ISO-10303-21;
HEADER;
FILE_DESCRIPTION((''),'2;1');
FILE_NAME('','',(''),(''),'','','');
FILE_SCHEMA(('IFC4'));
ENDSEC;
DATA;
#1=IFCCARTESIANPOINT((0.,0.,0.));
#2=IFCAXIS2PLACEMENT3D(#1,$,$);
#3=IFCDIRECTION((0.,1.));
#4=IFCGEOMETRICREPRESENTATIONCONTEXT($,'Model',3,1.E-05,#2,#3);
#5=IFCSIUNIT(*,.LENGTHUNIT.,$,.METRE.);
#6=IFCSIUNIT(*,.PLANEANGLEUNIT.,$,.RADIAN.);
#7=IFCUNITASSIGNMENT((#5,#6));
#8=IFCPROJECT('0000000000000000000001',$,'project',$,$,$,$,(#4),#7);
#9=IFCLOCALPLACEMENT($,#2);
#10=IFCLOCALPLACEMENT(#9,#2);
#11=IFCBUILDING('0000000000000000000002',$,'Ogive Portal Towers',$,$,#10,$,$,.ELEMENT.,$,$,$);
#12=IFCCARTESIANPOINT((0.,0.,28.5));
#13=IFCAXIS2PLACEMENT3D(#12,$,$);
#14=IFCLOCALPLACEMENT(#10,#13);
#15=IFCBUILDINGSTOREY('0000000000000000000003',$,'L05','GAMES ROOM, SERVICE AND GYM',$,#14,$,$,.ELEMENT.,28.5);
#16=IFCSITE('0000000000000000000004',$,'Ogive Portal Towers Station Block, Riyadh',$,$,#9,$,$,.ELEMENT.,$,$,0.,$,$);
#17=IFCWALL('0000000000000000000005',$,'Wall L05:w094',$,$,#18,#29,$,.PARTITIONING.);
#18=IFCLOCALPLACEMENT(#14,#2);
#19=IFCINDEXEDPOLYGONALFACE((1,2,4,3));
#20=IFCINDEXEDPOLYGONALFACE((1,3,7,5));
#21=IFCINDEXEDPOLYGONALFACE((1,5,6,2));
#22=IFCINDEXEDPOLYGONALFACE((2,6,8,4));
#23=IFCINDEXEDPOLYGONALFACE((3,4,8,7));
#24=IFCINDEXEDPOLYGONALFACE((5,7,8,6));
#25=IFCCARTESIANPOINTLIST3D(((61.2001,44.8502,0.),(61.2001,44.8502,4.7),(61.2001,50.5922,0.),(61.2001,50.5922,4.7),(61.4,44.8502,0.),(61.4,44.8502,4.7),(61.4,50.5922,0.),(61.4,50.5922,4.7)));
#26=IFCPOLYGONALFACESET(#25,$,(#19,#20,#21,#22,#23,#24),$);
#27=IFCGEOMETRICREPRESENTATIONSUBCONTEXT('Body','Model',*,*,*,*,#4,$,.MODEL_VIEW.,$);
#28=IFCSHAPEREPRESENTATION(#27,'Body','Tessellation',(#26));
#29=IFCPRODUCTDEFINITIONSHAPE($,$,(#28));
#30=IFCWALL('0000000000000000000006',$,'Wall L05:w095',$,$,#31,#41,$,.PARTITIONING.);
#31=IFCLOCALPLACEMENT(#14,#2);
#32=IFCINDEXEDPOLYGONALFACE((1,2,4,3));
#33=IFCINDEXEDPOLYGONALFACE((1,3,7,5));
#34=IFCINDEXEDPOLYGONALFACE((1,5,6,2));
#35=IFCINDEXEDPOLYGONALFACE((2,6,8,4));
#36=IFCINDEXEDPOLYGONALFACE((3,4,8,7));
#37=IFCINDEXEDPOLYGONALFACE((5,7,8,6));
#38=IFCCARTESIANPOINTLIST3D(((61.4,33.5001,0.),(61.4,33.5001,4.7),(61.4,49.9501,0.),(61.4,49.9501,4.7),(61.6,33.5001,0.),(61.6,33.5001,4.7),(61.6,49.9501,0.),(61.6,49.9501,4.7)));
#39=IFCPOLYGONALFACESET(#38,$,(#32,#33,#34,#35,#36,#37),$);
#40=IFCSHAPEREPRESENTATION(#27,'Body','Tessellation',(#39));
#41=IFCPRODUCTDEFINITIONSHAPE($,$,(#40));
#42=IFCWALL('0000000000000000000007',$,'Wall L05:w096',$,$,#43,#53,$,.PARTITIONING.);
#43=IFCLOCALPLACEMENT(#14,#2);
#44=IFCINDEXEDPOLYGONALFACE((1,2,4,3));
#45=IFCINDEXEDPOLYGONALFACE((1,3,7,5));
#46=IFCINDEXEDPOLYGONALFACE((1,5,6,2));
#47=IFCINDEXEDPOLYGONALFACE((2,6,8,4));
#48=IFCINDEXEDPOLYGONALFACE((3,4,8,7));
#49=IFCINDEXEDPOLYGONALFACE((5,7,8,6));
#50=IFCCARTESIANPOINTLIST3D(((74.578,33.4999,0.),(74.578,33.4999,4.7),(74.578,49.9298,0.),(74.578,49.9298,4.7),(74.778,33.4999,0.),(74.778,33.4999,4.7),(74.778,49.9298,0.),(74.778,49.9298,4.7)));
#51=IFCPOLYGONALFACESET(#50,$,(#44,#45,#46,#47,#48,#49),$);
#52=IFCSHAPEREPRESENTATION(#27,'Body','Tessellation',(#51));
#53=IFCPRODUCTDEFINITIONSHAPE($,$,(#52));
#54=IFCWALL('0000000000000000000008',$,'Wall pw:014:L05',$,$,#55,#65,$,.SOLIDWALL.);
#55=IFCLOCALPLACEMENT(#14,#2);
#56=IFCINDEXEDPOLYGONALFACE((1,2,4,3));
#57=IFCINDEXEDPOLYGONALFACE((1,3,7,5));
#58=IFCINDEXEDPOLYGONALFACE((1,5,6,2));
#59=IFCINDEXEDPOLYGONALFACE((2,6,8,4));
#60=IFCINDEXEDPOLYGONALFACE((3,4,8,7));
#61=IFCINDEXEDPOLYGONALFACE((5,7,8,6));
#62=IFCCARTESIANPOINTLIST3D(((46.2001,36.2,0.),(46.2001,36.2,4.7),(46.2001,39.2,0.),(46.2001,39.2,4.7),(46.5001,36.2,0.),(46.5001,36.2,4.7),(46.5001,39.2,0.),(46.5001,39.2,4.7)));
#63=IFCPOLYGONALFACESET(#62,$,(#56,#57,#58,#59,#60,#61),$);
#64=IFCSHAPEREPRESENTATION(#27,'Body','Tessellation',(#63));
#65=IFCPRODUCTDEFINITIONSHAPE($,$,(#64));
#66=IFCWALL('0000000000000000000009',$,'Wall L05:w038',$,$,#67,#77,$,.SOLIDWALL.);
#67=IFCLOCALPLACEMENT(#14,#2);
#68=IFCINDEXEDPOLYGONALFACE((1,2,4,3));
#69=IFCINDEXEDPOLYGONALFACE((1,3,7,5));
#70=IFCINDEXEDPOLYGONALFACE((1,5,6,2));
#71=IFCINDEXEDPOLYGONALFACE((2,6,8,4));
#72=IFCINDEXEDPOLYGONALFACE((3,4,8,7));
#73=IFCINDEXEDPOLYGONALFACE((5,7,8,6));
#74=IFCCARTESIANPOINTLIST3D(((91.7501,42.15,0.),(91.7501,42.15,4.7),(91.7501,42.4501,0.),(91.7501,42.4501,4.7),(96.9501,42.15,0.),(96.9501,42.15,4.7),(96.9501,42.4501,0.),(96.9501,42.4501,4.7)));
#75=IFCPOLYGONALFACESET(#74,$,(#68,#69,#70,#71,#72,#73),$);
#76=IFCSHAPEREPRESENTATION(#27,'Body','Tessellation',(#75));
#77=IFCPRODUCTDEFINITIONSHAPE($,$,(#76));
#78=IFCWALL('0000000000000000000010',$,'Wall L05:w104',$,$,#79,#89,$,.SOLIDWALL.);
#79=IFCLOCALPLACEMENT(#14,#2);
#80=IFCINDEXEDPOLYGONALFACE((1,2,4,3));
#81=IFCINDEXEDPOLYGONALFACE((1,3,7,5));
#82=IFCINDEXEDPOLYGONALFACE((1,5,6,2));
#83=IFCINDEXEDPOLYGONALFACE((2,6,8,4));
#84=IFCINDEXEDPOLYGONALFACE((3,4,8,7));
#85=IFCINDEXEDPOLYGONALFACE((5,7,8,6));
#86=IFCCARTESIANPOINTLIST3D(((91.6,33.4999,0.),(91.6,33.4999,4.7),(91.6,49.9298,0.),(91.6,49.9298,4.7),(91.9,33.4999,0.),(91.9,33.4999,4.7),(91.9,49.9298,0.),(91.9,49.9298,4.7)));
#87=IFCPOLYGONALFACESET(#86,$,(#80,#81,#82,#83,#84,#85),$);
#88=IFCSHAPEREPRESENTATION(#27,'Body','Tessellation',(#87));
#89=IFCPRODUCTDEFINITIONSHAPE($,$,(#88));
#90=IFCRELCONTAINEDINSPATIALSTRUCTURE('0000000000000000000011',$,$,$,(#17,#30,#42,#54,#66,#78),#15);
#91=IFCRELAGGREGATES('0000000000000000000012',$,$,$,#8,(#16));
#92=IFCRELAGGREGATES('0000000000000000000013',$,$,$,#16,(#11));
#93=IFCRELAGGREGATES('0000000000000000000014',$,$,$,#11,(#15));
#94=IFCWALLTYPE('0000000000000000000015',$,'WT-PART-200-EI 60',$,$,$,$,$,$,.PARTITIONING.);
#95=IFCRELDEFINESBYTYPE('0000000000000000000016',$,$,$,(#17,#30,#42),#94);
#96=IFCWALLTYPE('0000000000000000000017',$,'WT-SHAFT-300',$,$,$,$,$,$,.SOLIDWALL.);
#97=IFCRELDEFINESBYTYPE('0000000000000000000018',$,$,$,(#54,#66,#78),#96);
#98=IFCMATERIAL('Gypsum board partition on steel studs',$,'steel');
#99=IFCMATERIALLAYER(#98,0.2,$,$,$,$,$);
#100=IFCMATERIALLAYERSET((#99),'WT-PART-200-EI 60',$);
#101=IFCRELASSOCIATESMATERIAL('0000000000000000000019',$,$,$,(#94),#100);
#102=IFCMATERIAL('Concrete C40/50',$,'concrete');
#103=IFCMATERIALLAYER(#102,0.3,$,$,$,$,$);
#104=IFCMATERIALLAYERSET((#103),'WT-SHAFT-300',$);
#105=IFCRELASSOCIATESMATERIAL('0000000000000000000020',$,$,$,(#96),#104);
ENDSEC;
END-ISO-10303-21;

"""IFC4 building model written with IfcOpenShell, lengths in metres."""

from ifc_helpers import new_model, si_unit, direction, frame, frame_2d, origin, place, context, subcontext, project, spatial, rectangle, extrude, material, layer, layer_set, type_object, element, save


model = new_model("IFC4")

# Units and contexts
model_context = context("Model", 3, precision=1e-05, world=origin(), true_north=direction((0.0, 1.0)))
body_context = subcontext(model_context, "Body", "Model", "MODEL_VIEW")
ifc_project = project(units=[si_unit("LENGTHUNIT", "METRE"), si_unit("PLANEANGLEUNIT", "RADIAN")], contexts=[model_context])

# Site, building, storey
site_placement = place(None, origin())
site = spatial("IfcSite", under=ifc_project, at=site_placement, Name="Ogive Portal Towers Station Block, Riyadh", CompositionType="ELEMENT", RefElevation=0.0)
building_placement = place(site_placement, origin())
building = spatial("IfcBuilding", under=site, at=building_placement, Name="Ogive Portal Towers", CompositionType="ELEMENT")
storey_placement = place(building_placement, frame((0.0, 0.0, 28.5)))
storey = spatial("IfcBuildingStorey", under=building, at=storey_placement, Name="L05", Description="GAMES ROOM, SERVICE AND GYM", CompositionType="ELEMENT", Elevation=28.5)

# Walls
ifc_material_1 = material(Name="Gypsum board partition on steel studs", Category="steel")
ifc_layer_1 = layer(ifc_material_1, 0.2)
ifc_layer_set_1 = layer_set([ifc_layer_1], Name="WT-PART-200-EI 60")
wall_type_1 = type_object("IfcWallType", Name="WT-PART-200-EI 60", PredefinedType="PARTITIONING", material=ifc_layer_set_1)
wall_1_placement = place(storey_placement, frame((61.3, 44.8501, 0.0), z_axis=(0.0, 0.0, 1.0), x_axis=(0.0, 1.0, 0.0)))
element("IfcWall", 1, at=wall_1_placement, inside=storey, type_object=wall_type_1, Name="Wall L05:w094", PredefinedType="PARTITIONING", context=body_context, shape_type="SweptSolid", body=[
    extrude(rectangle(XDim=5.7419, YDim=0.2, at=frame_2d((2.8711, 0.0))), origin(), (0.0, 0.0, 1.0), 4.7),
])
wall_2_placement = place(storey_placement, frame((61.5, 33.5, 0.0), z_axis=(0.0, 0.0, 1.0), x_axis=(0.0, 1.0, 0.0)))
element("IfcWall", 2, at=wall_2_placement, inside=storey, type_object=wall_type_1, Name="Wall L05:w095", PredefinedType="PARTITIONING", context=body_context, shape_type="SweptSolid", body=[
    extrude(rectangle(XDim=16.45, YDim=0.2, at=frame_2d((8.2251, 0.0))), origin(), (0.0, 0.0, 1.0), 4.7),
])
wall_3_placement = place(storey_placement, frame((74.678, 33.5, 0.0), z_axis=(0.0, 0.0, 1.0), x_axis=(0.0, 1.0, 0.0)))
element("IfcWall", 3, at=wall_3_placement, inside=storey, type_object=wall_type_1, Name="Wall L05:w096", PredefinedType="PARTITIONING", context=body_context, shape_type="SweptSolid", body=[
    extrude(rectangle(XDim=16.4299, YDim=0.2, at=frame_2d((8.2148, 0.0))), origin(), (0.0, 0.0, 1.0), 4.7),
])
ifc_material_2 = material(Name="Concrete C40/50", Category="concrete")
ifc_layer_2 = layer(ifc_material_2, 0.3)
ifc_layer_set_2 = layer_set([ifc_layer_2], Name="WT-SHAFT-300")
wall_type_2 = type_object("IfcWallType", Name="WT-SHAFT-300", PredefinedType="SOLIDWALL", material=ifc_layer_set_2)
wall_4_placement = place(storey_placement, frame((46.3501, 36.2, 0.0), z_axis=(0.0, 0.0, 1.0), x_axis=(0.0, 1.0, 0.0)))
element("IfcWall", 4, at=wall_4_placement, inside=storey, type_object=wall_type_2, Name="Wall pw:014:L05", PredefinedType="SOLIDWALL", context=body_context, shape_type="SweptSolid", body=[
    extrude(rectangle(XDim=3.0, YDim=0.3, at=frame_2d((1.5, 0.0))), origin(), (0.0, 0.0, 1.0), 4.7),
])
wall_5_placement = place(storey_placement, frame((91.75, 42.3, 0.0), z_axis=(0.0, 0.0, 1.0), x_axis=(1.0, 0.0, 0.0)))
element("IfcWall", 5, at=wall_5_placement, inside=storey, type_object=wall_type_2, Name="Wall L05:w038", PredefinedType="SOLIDWALL", context=body_context, shape_type="SweptSolid", body=[
    extrude(rectangle(XDim=5.2, YDim=0.3, at=frame_2d((2.6001, 0.0))), origin(), (0.0, 0.0, 1.0), 4.7),
])
wall_6_placement = place(storey_placement, frame((91.75, 33.5, 0.0), z_axis=(0.0, 0.0, 1.0), x_axis=(0.0, 1.0, 0.0)))
element("IfcWall", 6, at=wall_6_placement, inside=storey, type_object=wall_type_2, Name="Wall L05:w104", PredefinedType="SOLIDWALL", context=body_context, shape_type="SweptSolid", body=[
    extrude(rectangle(XDim=16.4299, YDim=0.3, at=frame_2d((8.2148, 0.0))), origin(), (0.0, 0.0, 1.0), 4.7),
])

save(model, "model.ifc")
